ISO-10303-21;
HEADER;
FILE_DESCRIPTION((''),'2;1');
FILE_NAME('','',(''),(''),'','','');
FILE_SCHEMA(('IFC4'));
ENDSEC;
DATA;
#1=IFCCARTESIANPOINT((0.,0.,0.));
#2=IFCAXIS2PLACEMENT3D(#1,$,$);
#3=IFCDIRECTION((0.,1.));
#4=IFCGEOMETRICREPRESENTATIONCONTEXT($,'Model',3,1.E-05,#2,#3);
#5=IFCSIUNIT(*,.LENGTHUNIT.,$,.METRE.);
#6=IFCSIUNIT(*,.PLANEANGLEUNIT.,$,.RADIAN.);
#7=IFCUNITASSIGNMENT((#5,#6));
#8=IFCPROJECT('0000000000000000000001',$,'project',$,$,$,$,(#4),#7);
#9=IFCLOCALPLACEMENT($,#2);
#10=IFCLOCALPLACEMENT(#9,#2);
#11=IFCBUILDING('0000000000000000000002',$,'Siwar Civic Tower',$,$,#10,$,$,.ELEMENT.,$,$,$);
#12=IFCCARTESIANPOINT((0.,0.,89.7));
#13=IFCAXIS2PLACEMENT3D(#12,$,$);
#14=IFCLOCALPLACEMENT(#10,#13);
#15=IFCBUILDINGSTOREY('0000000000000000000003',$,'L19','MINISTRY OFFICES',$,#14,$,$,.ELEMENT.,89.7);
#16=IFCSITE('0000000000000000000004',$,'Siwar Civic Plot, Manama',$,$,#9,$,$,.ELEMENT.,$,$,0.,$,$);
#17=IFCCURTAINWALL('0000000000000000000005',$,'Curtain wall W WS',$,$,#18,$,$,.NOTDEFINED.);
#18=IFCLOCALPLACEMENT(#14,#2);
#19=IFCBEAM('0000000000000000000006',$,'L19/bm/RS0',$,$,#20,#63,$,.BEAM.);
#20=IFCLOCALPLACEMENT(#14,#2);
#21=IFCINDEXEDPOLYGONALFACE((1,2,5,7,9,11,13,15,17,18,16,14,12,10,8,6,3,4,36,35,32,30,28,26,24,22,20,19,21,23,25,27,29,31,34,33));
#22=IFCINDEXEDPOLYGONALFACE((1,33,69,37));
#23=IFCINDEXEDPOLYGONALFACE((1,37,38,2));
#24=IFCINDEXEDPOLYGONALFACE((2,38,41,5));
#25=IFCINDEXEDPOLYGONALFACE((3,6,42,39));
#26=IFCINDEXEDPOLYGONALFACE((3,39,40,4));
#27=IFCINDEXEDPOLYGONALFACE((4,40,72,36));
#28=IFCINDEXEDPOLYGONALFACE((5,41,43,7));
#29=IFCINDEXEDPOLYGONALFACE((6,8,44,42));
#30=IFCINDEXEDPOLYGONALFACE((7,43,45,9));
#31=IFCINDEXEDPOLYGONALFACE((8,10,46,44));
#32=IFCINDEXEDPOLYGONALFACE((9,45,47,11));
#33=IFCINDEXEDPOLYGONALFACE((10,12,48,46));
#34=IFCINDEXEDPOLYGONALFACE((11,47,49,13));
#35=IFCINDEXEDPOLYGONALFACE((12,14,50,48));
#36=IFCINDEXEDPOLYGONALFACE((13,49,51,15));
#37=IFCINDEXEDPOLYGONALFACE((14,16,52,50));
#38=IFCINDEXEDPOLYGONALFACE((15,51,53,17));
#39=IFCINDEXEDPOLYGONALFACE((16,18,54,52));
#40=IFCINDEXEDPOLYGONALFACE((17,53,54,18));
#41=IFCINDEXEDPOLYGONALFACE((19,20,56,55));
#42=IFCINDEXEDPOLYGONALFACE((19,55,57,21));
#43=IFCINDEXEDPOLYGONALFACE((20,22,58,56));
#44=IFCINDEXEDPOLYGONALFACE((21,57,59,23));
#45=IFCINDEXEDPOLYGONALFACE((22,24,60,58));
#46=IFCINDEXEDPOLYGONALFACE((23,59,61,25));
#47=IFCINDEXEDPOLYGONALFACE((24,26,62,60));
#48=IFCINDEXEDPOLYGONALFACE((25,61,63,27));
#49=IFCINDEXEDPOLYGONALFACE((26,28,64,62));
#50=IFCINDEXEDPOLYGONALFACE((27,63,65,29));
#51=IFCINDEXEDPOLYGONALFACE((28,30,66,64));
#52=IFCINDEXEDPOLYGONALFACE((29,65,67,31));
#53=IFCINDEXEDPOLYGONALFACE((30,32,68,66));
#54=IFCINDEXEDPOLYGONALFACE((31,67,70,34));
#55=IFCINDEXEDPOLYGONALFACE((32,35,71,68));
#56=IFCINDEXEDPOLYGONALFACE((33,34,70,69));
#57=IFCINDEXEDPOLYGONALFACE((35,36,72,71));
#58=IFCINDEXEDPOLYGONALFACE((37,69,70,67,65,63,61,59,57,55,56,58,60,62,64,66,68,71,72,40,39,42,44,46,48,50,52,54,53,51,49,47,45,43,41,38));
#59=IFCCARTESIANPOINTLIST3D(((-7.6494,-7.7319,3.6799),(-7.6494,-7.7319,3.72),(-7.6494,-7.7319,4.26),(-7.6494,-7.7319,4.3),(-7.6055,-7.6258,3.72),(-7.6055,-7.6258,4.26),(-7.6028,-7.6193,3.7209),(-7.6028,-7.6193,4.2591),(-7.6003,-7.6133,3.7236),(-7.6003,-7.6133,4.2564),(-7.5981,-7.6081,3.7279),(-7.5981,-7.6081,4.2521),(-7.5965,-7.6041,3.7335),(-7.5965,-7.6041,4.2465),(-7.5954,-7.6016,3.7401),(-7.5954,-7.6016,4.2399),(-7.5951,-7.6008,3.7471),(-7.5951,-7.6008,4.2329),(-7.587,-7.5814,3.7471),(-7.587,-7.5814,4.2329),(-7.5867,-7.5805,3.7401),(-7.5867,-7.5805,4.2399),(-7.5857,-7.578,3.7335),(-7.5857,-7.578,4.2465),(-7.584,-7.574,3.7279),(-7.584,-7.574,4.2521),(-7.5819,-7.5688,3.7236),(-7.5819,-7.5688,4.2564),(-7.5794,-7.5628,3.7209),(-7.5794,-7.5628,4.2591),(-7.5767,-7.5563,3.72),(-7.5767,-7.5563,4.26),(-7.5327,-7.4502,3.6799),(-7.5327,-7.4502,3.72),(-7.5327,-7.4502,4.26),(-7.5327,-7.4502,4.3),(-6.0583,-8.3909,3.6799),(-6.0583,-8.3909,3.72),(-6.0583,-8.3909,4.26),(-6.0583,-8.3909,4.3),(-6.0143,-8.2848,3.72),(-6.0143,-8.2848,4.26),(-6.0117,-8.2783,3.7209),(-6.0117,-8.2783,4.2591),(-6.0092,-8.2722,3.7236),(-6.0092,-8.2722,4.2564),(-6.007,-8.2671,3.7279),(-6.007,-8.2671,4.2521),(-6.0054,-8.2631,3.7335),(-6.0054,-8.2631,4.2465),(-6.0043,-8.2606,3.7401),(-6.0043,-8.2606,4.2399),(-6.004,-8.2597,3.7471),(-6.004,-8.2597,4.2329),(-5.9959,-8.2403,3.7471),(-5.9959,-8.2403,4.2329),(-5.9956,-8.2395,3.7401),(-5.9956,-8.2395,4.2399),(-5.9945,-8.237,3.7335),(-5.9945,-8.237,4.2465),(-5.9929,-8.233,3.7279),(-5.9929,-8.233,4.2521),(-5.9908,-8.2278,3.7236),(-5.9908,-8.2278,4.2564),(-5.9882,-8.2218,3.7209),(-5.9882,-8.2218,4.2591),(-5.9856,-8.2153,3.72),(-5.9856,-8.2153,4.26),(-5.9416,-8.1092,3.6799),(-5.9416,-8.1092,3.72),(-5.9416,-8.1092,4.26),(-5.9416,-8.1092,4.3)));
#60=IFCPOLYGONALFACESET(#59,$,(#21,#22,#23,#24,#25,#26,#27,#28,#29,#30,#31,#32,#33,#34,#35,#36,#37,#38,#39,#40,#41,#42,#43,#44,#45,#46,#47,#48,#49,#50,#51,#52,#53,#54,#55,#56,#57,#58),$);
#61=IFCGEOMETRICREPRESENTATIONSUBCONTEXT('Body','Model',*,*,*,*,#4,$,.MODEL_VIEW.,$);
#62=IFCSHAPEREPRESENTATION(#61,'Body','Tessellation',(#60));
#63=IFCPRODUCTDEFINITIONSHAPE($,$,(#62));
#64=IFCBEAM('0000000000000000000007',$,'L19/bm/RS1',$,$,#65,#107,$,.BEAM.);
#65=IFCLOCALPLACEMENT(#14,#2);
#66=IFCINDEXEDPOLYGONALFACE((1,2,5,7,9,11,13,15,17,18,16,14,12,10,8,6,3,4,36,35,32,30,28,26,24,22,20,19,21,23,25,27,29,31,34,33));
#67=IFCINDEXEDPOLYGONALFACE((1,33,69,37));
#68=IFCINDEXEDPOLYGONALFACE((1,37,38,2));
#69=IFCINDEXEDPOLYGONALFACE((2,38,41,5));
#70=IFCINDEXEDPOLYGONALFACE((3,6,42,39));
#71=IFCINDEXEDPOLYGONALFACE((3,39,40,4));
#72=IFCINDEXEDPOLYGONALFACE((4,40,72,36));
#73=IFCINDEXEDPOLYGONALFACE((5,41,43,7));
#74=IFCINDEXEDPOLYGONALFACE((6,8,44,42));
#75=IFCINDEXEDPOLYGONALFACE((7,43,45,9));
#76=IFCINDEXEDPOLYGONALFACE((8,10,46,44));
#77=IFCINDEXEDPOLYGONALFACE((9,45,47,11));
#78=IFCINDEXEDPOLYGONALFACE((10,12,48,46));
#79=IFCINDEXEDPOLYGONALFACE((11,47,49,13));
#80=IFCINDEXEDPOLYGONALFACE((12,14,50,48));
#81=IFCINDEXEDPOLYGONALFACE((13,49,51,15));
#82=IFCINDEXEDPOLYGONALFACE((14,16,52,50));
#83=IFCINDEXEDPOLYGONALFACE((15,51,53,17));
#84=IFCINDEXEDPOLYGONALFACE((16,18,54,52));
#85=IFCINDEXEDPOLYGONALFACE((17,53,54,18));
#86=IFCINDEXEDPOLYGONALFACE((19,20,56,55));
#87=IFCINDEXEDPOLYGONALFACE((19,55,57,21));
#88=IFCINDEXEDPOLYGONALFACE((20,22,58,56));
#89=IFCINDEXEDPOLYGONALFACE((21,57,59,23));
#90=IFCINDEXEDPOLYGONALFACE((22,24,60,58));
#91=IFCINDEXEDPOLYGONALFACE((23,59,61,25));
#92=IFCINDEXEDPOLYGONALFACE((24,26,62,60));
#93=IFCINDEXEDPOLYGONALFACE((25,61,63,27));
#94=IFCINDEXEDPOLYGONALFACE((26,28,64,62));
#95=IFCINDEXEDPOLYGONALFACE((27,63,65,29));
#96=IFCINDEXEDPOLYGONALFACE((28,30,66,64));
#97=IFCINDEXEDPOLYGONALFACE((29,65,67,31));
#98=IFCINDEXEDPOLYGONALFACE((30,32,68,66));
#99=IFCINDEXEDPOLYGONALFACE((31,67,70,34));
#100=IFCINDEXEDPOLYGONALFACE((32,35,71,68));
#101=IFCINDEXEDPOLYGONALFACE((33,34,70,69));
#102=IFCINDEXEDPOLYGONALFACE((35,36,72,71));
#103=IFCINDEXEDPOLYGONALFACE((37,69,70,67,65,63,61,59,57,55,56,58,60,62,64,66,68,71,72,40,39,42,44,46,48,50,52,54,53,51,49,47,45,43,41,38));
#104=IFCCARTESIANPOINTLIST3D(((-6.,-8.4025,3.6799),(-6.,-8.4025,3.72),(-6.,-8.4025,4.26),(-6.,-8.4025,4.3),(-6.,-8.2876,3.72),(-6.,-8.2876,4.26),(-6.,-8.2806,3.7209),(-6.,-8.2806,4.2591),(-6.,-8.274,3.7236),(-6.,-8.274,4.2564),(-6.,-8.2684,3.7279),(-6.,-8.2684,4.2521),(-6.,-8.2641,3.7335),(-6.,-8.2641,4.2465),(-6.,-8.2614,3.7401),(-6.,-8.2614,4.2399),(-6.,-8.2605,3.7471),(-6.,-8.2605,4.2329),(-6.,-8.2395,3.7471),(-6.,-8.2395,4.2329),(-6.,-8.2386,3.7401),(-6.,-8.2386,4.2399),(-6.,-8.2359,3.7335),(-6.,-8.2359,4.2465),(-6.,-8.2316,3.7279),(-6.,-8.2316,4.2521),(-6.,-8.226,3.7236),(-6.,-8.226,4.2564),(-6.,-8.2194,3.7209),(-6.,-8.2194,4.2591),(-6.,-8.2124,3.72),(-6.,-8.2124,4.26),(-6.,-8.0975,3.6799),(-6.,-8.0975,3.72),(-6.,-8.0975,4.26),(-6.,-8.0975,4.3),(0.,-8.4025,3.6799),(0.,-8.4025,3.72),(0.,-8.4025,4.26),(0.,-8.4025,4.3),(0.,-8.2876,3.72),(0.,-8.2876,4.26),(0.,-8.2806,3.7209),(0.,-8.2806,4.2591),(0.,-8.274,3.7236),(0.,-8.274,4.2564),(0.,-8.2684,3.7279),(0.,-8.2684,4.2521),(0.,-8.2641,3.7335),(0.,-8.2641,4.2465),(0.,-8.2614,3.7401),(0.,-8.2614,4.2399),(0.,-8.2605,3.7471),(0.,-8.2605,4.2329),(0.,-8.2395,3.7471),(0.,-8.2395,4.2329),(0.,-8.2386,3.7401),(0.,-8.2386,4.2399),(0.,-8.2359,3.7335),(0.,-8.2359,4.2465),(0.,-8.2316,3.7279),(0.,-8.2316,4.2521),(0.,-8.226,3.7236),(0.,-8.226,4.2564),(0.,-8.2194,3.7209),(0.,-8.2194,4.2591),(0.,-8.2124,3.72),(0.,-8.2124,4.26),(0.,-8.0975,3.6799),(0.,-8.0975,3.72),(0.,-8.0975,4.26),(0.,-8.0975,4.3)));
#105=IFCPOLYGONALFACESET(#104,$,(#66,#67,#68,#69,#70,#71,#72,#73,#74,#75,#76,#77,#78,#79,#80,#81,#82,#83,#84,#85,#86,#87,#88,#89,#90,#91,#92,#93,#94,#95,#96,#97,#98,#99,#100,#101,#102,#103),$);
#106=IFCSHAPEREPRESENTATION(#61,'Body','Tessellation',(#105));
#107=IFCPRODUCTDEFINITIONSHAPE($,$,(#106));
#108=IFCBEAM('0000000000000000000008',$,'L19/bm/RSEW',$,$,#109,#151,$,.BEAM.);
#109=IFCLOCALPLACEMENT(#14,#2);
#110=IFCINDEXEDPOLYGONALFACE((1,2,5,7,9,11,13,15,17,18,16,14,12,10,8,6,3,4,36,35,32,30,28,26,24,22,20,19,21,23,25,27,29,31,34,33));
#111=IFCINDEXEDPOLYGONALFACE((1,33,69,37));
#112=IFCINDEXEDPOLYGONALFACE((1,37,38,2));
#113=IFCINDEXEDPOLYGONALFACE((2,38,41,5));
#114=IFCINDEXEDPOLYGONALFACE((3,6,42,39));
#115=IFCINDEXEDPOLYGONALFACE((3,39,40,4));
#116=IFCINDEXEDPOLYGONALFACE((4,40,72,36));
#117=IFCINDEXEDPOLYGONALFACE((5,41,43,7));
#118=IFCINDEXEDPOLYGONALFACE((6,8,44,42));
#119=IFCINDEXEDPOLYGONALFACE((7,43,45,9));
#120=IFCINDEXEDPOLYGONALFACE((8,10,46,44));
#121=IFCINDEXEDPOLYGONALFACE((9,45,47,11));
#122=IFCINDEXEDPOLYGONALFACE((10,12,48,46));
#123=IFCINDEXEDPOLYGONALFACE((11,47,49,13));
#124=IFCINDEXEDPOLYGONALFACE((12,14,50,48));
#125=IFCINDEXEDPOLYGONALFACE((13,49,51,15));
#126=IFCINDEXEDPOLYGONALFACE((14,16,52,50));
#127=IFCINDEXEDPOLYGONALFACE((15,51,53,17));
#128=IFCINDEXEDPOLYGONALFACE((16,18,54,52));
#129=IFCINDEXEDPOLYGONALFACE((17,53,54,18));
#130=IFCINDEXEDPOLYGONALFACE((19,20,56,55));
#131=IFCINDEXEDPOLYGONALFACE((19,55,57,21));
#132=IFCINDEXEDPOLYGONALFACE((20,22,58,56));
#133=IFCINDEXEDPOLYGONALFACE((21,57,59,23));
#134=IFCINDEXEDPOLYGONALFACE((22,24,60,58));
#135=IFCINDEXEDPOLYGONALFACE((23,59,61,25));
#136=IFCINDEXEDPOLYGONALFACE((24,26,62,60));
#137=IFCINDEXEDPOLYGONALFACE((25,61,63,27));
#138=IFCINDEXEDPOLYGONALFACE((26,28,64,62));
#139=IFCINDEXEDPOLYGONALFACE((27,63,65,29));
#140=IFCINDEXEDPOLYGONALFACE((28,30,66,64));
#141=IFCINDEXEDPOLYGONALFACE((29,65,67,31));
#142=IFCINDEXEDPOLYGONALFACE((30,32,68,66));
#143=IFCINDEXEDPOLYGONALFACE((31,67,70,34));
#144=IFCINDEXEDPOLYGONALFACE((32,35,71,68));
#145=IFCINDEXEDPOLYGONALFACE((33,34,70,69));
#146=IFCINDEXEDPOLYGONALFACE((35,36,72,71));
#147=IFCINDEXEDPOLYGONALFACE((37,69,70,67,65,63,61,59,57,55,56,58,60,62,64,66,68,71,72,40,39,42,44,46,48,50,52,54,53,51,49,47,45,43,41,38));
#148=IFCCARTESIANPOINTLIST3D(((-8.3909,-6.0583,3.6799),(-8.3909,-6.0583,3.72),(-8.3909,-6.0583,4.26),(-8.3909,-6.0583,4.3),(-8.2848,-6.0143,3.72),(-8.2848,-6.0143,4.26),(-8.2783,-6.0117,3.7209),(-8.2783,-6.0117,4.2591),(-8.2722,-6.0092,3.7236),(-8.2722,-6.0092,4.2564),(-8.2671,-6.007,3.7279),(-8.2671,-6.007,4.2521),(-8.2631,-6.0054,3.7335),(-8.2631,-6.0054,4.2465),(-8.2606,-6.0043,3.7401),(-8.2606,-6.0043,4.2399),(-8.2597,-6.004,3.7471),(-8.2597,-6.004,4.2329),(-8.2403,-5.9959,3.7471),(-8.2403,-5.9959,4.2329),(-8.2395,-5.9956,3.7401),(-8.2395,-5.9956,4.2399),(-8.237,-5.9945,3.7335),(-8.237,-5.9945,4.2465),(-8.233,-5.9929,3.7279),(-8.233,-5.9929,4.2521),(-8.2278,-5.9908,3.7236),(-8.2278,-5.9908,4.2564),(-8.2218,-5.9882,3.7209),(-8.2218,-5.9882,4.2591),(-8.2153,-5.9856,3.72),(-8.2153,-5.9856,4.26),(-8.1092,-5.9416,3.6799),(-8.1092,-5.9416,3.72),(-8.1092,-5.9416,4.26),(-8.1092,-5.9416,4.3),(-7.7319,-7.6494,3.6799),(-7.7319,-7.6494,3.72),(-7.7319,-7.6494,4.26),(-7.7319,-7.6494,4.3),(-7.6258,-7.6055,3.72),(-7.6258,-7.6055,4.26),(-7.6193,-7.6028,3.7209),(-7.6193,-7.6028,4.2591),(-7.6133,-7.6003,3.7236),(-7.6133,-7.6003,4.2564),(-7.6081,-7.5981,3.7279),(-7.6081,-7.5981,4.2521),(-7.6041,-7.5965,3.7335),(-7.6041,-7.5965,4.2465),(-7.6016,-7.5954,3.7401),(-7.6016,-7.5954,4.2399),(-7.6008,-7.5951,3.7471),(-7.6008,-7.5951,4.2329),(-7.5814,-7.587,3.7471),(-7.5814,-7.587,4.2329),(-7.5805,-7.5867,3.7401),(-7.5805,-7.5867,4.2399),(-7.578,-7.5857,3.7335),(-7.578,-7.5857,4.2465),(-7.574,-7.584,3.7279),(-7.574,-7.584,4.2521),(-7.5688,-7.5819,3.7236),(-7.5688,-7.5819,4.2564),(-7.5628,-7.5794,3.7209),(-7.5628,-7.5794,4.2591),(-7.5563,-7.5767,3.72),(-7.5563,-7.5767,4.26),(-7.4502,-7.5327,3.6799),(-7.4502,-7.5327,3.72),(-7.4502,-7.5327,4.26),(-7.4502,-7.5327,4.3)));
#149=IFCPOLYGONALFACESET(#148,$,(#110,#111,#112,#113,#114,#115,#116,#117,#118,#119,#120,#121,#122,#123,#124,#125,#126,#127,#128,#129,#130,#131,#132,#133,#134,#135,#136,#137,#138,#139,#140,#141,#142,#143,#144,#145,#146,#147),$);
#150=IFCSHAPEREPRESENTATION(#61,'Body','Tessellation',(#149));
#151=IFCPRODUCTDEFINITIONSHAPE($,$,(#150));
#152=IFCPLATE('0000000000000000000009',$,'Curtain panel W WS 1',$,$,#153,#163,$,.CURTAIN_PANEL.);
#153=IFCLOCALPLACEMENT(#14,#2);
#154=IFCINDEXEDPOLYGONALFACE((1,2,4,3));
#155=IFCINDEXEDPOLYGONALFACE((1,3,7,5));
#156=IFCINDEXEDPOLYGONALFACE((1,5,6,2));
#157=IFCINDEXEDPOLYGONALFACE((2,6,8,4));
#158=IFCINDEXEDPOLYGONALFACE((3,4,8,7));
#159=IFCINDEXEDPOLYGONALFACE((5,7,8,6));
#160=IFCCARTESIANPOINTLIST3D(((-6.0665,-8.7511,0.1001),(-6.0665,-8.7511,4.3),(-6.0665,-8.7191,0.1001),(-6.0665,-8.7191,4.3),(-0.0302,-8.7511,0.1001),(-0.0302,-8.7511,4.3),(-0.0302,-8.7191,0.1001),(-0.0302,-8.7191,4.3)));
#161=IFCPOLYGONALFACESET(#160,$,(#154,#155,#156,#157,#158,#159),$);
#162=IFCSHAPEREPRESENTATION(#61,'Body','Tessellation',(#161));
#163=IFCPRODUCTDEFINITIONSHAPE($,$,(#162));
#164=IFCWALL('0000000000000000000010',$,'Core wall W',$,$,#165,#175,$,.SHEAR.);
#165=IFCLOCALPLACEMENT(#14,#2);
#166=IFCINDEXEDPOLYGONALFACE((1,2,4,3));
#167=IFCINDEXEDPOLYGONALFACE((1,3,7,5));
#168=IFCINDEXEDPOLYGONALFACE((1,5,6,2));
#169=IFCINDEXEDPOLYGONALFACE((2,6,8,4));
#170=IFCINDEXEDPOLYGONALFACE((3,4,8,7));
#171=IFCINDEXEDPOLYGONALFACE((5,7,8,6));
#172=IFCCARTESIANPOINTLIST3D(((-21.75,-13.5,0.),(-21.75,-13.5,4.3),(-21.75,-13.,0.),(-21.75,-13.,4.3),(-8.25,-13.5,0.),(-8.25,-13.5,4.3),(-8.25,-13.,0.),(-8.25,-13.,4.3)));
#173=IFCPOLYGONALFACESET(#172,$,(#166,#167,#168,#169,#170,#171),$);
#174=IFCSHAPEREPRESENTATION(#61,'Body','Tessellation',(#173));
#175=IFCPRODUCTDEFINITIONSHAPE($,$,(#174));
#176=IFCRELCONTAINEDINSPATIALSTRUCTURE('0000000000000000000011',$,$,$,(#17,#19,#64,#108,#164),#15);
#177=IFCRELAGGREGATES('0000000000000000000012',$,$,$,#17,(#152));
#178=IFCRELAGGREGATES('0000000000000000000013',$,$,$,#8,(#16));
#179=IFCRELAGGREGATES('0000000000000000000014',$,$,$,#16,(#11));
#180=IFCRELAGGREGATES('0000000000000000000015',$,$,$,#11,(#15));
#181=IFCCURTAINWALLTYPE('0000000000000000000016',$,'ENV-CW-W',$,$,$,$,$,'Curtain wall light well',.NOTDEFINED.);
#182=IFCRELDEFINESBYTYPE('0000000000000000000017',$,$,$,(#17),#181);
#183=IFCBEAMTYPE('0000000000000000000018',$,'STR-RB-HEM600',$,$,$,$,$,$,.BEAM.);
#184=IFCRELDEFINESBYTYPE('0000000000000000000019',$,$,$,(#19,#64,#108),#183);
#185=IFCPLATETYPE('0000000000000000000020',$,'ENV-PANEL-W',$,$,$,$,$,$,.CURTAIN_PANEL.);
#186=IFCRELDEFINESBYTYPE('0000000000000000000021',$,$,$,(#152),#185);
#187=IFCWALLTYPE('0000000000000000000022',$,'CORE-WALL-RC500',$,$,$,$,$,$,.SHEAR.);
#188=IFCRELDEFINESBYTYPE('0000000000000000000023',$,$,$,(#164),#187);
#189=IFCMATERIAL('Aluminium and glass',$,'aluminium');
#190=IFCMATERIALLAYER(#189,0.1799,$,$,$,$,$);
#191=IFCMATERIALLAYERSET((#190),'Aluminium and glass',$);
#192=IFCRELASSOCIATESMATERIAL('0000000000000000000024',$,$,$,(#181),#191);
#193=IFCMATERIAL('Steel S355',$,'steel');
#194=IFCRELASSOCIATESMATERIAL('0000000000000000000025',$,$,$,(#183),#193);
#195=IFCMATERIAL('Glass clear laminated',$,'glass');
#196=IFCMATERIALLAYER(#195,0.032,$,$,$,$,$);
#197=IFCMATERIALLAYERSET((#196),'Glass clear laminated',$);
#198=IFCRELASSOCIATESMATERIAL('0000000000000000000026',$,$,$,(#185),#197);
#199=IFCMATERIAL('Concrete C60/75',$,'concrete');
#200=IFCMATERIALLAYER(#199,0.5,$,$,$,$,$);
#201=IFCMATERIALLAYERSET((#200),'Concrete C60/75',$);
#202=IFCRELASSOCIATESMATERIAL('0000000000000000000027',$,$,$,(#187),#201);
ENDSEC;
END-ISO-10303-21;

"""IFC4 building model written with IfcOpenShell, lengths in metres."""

from ifc_helpers import new_model, si_unit, direction, frame, frame_2d, origin, origin_2d, place, context, subcontext, project, spatial, rectangle, i_section, extrude, material, layer, layer_set, material_profile, profile_set, type_object, element, aggregate, save


model = new_model("IFC4")

# Units and contexts
model_context = context("Model", 3, precision=1e-05, world=origin(), true_north=direction((0.0, 1.0)))
body_context = subcontext(model_context, "Body", "Model", "MODEL_VIEW")
ifc_project = project(units=[si_unit("LENGTHUNIT", "METRE"), si_unit("PLANEANGLEUNIT", "RADIAN")], contexts=[model_context])

# Site, building, storey
site_placement = place(None, origin())
site = spatial("IfcSite", under=ifc_project, at=site_placement, Name="Siwar Civic Plot, Manama", CompositionType="ELEMENT", RefElevation=0.0)
building_placement = place(site_placement, origin())
building = spatial("IfcBuilding", under=site, at=building_placement, Name="Siwar Civic Tower", CompositionType="ELEMENT")
storey_placement = place(building_placement, frame((0.0, 0.0, 89.7)))
storey = spatial("IfcBuildingStorey", under=building, at=storey_placement, Name="L19", Description="MINISTRY OFFICES", CompositionType="ELEMENT", Elevation=89.7)

# Curtain wall
ifc_material_1 = material(Name="Aluminium and glass", Category="aluminium")
ifc_layer_1 = layer(ifc_material_1, 0.1799)
ifc_layer_set_1 = layer_set([ifc_layer_1], Name="Aluminium and glass")
curtain_wall_type = type_object("IfcCurtainWallType", Name="ENV-CW-W", ElementType="Curtain wall light well", PredefinedType="NOTDEFINED", material=ifc_layer_set_1)
curtain_wall_placement = place(storey_placement, origin())
curtain_wall = element("IfcCurtainWall", 1, at=curtain_wall_placement, inside=storey, type_object=curtain_wall_type, Name="Curtain wall W WS", PredefinedType="NOTDEFINED")

# Beams
ifc_material_2 = material(Name="Steel S355", Category="steel")
ifc_material_profile_1 = material_profile(ifc_material_2, i_section(OverallWidth=0.3049, OverallDepth=0.6201, WebThickness=0.021, FlangeThickness=0.04, FilletRadius=0.0271, at=origin_2d()), Name="HEM600")
ifc_profile_set_1 = profile_set([ifc_material_profile_1], Name="Steel S355")
beam_type_1 = type_object("IfcBeamType", Name="STR-RB-HEM600", PredefinedType="BEAM", material=ifc_profile_set_1)
beam_1_placement = place(storey_placement, frame((-7.5911, -7.5911, 3.99), z_axis=(0.923901, -0.382631, 0.0), x_axis=(0.382631, 0.923901, 0.0)))
element("IfcBeam", 2, at=beam_1_placement, inside=storey, type_object=beam_type_1, Name="L19/bm/RS0", PredefinedType="BEAM", context=body_context, shape_type="SweptSolid", body=[
    extrude(i_section(OverallWidth=0.3049, OverallDepth=0.6201, WebThickness=0.021, FlangeThickness=0.04, FilletRadius=0.0271, at=origin_2d()), origin(), (0.0, 0.0, 1.0), 1.7222),
])
beam_2_placement = place(storey_placement, frame((-6.0, -8.25, 3.99), z_axis=(1.0, 0.0, 0.0), x_axis=(0.0, 1.0, 0.0)))
element("IfcBeam", 3, at=beam_2_placement, inside=storey, type_object=beam_type_1, Name="L19/bm/RS1", PredefinedType="BEAM", context=body_context, shape_type="SweptSolid", body=[
    extrude(i_section(OverallWidth=0.3049, OverallDepth=0.6201, WebThickness=0.021, FlangeThickness=0.04, FilletRadius=0.0271, at=origin_2d()), origin(), (0.0, 0.0, 1.0), 6.0),
])
beam_3_placement = place(storey_placement, frame((-7.5911, -7.5911, 3.99), z_axis=(-0.382631, 0.923901, 0.0), x_axis=(-0.923901, -0.382631, 0.0)))
element("IfcBeam", 4, at=beam_3_placement, inside=storey, type_object=beam_type_1, Name="L19/bm/RSEW", PredefinedType="BEAM", context=body_context, shape_type="SweptSolid", body=[
    extrude(i_section(OverallWidth=0.3049, OverallDepth=0.6201, WebThickness=0.021, FlangeThickness=0.04, FilletRadius=0.0271, at=origin_2d()), origin(), (0.0, 0.0, 1.0), 1.7222),
])

# Plate
ifc_material_3 = material(Name="Glass clear laminated", Category="glass")
ifc_layer_2 = layer(ifc_material_3, 0.032)
ifc_layer_set_2 = layer_set([ifc_layer_2], Name="Glass clear laminated")
plate_type = type_object("IfcPlateType", Name="ENV-PANEL-W", PredefinedType="CURTAIN_PANEL", material=ifc_layer_set_2)
plate_placement = place(storey_placement, frame((-3.0483, -8.7351, 0.1001), z_axis=(0.0, 0.0, 1.0), x_axis=(1.0, 0.0, 0.0)))
plate = element("IfcPlate", 5, at=plate_placement, type_object=plate_type, Name="Curtain panel W WS 1", PredefinedType="CURTAIN_PANEL", context=body_context, shape_type="SweptSolid", body=[
    extrude(rectangle(XDim=6.0364, YDim=0.032, at=origin_2d()), origin(), (0.0, 0.0, 1.0), 4.2),
])
aggregate(curtain_wall, [plate])

# Wall
ifc_material_4 = material(Name="Concrete C60/75", Category="concrete")
ifc_layer_3 = layer(ifc_material_4, 0.5)
ifc_layer_set_3 = layer_set([ifc_layer_3], Name="Concrete C60/75")
wall_type_1 = type_object("IfcWallType", Name="CORE-WALL-RC500", PredefinedType="SHEAR", material=ifc_layer_set_3)
wall_1_placement = place(storey_placement, frame((-8.25, -13.25, 0.0), z_axis=(0.0, 0.0, 1.0), x_axis=(-1.0, 0.0, 0.0)))
element("IfcWall", 6, at=wall_1_placement, inside=storey, type_object=wall_type_1, Name="Core wall W", PredefinedType="SHEAR", context=body_context, shape_type="SweptSolid", body=[
    extrude(rectangle(XDim=13.5, YDim=0.5, at=frame_2d((6.75, 0.0))), origin(), (0.0, 0.0, 1.0), 4.3),
])

save(model, "model.ifc")
